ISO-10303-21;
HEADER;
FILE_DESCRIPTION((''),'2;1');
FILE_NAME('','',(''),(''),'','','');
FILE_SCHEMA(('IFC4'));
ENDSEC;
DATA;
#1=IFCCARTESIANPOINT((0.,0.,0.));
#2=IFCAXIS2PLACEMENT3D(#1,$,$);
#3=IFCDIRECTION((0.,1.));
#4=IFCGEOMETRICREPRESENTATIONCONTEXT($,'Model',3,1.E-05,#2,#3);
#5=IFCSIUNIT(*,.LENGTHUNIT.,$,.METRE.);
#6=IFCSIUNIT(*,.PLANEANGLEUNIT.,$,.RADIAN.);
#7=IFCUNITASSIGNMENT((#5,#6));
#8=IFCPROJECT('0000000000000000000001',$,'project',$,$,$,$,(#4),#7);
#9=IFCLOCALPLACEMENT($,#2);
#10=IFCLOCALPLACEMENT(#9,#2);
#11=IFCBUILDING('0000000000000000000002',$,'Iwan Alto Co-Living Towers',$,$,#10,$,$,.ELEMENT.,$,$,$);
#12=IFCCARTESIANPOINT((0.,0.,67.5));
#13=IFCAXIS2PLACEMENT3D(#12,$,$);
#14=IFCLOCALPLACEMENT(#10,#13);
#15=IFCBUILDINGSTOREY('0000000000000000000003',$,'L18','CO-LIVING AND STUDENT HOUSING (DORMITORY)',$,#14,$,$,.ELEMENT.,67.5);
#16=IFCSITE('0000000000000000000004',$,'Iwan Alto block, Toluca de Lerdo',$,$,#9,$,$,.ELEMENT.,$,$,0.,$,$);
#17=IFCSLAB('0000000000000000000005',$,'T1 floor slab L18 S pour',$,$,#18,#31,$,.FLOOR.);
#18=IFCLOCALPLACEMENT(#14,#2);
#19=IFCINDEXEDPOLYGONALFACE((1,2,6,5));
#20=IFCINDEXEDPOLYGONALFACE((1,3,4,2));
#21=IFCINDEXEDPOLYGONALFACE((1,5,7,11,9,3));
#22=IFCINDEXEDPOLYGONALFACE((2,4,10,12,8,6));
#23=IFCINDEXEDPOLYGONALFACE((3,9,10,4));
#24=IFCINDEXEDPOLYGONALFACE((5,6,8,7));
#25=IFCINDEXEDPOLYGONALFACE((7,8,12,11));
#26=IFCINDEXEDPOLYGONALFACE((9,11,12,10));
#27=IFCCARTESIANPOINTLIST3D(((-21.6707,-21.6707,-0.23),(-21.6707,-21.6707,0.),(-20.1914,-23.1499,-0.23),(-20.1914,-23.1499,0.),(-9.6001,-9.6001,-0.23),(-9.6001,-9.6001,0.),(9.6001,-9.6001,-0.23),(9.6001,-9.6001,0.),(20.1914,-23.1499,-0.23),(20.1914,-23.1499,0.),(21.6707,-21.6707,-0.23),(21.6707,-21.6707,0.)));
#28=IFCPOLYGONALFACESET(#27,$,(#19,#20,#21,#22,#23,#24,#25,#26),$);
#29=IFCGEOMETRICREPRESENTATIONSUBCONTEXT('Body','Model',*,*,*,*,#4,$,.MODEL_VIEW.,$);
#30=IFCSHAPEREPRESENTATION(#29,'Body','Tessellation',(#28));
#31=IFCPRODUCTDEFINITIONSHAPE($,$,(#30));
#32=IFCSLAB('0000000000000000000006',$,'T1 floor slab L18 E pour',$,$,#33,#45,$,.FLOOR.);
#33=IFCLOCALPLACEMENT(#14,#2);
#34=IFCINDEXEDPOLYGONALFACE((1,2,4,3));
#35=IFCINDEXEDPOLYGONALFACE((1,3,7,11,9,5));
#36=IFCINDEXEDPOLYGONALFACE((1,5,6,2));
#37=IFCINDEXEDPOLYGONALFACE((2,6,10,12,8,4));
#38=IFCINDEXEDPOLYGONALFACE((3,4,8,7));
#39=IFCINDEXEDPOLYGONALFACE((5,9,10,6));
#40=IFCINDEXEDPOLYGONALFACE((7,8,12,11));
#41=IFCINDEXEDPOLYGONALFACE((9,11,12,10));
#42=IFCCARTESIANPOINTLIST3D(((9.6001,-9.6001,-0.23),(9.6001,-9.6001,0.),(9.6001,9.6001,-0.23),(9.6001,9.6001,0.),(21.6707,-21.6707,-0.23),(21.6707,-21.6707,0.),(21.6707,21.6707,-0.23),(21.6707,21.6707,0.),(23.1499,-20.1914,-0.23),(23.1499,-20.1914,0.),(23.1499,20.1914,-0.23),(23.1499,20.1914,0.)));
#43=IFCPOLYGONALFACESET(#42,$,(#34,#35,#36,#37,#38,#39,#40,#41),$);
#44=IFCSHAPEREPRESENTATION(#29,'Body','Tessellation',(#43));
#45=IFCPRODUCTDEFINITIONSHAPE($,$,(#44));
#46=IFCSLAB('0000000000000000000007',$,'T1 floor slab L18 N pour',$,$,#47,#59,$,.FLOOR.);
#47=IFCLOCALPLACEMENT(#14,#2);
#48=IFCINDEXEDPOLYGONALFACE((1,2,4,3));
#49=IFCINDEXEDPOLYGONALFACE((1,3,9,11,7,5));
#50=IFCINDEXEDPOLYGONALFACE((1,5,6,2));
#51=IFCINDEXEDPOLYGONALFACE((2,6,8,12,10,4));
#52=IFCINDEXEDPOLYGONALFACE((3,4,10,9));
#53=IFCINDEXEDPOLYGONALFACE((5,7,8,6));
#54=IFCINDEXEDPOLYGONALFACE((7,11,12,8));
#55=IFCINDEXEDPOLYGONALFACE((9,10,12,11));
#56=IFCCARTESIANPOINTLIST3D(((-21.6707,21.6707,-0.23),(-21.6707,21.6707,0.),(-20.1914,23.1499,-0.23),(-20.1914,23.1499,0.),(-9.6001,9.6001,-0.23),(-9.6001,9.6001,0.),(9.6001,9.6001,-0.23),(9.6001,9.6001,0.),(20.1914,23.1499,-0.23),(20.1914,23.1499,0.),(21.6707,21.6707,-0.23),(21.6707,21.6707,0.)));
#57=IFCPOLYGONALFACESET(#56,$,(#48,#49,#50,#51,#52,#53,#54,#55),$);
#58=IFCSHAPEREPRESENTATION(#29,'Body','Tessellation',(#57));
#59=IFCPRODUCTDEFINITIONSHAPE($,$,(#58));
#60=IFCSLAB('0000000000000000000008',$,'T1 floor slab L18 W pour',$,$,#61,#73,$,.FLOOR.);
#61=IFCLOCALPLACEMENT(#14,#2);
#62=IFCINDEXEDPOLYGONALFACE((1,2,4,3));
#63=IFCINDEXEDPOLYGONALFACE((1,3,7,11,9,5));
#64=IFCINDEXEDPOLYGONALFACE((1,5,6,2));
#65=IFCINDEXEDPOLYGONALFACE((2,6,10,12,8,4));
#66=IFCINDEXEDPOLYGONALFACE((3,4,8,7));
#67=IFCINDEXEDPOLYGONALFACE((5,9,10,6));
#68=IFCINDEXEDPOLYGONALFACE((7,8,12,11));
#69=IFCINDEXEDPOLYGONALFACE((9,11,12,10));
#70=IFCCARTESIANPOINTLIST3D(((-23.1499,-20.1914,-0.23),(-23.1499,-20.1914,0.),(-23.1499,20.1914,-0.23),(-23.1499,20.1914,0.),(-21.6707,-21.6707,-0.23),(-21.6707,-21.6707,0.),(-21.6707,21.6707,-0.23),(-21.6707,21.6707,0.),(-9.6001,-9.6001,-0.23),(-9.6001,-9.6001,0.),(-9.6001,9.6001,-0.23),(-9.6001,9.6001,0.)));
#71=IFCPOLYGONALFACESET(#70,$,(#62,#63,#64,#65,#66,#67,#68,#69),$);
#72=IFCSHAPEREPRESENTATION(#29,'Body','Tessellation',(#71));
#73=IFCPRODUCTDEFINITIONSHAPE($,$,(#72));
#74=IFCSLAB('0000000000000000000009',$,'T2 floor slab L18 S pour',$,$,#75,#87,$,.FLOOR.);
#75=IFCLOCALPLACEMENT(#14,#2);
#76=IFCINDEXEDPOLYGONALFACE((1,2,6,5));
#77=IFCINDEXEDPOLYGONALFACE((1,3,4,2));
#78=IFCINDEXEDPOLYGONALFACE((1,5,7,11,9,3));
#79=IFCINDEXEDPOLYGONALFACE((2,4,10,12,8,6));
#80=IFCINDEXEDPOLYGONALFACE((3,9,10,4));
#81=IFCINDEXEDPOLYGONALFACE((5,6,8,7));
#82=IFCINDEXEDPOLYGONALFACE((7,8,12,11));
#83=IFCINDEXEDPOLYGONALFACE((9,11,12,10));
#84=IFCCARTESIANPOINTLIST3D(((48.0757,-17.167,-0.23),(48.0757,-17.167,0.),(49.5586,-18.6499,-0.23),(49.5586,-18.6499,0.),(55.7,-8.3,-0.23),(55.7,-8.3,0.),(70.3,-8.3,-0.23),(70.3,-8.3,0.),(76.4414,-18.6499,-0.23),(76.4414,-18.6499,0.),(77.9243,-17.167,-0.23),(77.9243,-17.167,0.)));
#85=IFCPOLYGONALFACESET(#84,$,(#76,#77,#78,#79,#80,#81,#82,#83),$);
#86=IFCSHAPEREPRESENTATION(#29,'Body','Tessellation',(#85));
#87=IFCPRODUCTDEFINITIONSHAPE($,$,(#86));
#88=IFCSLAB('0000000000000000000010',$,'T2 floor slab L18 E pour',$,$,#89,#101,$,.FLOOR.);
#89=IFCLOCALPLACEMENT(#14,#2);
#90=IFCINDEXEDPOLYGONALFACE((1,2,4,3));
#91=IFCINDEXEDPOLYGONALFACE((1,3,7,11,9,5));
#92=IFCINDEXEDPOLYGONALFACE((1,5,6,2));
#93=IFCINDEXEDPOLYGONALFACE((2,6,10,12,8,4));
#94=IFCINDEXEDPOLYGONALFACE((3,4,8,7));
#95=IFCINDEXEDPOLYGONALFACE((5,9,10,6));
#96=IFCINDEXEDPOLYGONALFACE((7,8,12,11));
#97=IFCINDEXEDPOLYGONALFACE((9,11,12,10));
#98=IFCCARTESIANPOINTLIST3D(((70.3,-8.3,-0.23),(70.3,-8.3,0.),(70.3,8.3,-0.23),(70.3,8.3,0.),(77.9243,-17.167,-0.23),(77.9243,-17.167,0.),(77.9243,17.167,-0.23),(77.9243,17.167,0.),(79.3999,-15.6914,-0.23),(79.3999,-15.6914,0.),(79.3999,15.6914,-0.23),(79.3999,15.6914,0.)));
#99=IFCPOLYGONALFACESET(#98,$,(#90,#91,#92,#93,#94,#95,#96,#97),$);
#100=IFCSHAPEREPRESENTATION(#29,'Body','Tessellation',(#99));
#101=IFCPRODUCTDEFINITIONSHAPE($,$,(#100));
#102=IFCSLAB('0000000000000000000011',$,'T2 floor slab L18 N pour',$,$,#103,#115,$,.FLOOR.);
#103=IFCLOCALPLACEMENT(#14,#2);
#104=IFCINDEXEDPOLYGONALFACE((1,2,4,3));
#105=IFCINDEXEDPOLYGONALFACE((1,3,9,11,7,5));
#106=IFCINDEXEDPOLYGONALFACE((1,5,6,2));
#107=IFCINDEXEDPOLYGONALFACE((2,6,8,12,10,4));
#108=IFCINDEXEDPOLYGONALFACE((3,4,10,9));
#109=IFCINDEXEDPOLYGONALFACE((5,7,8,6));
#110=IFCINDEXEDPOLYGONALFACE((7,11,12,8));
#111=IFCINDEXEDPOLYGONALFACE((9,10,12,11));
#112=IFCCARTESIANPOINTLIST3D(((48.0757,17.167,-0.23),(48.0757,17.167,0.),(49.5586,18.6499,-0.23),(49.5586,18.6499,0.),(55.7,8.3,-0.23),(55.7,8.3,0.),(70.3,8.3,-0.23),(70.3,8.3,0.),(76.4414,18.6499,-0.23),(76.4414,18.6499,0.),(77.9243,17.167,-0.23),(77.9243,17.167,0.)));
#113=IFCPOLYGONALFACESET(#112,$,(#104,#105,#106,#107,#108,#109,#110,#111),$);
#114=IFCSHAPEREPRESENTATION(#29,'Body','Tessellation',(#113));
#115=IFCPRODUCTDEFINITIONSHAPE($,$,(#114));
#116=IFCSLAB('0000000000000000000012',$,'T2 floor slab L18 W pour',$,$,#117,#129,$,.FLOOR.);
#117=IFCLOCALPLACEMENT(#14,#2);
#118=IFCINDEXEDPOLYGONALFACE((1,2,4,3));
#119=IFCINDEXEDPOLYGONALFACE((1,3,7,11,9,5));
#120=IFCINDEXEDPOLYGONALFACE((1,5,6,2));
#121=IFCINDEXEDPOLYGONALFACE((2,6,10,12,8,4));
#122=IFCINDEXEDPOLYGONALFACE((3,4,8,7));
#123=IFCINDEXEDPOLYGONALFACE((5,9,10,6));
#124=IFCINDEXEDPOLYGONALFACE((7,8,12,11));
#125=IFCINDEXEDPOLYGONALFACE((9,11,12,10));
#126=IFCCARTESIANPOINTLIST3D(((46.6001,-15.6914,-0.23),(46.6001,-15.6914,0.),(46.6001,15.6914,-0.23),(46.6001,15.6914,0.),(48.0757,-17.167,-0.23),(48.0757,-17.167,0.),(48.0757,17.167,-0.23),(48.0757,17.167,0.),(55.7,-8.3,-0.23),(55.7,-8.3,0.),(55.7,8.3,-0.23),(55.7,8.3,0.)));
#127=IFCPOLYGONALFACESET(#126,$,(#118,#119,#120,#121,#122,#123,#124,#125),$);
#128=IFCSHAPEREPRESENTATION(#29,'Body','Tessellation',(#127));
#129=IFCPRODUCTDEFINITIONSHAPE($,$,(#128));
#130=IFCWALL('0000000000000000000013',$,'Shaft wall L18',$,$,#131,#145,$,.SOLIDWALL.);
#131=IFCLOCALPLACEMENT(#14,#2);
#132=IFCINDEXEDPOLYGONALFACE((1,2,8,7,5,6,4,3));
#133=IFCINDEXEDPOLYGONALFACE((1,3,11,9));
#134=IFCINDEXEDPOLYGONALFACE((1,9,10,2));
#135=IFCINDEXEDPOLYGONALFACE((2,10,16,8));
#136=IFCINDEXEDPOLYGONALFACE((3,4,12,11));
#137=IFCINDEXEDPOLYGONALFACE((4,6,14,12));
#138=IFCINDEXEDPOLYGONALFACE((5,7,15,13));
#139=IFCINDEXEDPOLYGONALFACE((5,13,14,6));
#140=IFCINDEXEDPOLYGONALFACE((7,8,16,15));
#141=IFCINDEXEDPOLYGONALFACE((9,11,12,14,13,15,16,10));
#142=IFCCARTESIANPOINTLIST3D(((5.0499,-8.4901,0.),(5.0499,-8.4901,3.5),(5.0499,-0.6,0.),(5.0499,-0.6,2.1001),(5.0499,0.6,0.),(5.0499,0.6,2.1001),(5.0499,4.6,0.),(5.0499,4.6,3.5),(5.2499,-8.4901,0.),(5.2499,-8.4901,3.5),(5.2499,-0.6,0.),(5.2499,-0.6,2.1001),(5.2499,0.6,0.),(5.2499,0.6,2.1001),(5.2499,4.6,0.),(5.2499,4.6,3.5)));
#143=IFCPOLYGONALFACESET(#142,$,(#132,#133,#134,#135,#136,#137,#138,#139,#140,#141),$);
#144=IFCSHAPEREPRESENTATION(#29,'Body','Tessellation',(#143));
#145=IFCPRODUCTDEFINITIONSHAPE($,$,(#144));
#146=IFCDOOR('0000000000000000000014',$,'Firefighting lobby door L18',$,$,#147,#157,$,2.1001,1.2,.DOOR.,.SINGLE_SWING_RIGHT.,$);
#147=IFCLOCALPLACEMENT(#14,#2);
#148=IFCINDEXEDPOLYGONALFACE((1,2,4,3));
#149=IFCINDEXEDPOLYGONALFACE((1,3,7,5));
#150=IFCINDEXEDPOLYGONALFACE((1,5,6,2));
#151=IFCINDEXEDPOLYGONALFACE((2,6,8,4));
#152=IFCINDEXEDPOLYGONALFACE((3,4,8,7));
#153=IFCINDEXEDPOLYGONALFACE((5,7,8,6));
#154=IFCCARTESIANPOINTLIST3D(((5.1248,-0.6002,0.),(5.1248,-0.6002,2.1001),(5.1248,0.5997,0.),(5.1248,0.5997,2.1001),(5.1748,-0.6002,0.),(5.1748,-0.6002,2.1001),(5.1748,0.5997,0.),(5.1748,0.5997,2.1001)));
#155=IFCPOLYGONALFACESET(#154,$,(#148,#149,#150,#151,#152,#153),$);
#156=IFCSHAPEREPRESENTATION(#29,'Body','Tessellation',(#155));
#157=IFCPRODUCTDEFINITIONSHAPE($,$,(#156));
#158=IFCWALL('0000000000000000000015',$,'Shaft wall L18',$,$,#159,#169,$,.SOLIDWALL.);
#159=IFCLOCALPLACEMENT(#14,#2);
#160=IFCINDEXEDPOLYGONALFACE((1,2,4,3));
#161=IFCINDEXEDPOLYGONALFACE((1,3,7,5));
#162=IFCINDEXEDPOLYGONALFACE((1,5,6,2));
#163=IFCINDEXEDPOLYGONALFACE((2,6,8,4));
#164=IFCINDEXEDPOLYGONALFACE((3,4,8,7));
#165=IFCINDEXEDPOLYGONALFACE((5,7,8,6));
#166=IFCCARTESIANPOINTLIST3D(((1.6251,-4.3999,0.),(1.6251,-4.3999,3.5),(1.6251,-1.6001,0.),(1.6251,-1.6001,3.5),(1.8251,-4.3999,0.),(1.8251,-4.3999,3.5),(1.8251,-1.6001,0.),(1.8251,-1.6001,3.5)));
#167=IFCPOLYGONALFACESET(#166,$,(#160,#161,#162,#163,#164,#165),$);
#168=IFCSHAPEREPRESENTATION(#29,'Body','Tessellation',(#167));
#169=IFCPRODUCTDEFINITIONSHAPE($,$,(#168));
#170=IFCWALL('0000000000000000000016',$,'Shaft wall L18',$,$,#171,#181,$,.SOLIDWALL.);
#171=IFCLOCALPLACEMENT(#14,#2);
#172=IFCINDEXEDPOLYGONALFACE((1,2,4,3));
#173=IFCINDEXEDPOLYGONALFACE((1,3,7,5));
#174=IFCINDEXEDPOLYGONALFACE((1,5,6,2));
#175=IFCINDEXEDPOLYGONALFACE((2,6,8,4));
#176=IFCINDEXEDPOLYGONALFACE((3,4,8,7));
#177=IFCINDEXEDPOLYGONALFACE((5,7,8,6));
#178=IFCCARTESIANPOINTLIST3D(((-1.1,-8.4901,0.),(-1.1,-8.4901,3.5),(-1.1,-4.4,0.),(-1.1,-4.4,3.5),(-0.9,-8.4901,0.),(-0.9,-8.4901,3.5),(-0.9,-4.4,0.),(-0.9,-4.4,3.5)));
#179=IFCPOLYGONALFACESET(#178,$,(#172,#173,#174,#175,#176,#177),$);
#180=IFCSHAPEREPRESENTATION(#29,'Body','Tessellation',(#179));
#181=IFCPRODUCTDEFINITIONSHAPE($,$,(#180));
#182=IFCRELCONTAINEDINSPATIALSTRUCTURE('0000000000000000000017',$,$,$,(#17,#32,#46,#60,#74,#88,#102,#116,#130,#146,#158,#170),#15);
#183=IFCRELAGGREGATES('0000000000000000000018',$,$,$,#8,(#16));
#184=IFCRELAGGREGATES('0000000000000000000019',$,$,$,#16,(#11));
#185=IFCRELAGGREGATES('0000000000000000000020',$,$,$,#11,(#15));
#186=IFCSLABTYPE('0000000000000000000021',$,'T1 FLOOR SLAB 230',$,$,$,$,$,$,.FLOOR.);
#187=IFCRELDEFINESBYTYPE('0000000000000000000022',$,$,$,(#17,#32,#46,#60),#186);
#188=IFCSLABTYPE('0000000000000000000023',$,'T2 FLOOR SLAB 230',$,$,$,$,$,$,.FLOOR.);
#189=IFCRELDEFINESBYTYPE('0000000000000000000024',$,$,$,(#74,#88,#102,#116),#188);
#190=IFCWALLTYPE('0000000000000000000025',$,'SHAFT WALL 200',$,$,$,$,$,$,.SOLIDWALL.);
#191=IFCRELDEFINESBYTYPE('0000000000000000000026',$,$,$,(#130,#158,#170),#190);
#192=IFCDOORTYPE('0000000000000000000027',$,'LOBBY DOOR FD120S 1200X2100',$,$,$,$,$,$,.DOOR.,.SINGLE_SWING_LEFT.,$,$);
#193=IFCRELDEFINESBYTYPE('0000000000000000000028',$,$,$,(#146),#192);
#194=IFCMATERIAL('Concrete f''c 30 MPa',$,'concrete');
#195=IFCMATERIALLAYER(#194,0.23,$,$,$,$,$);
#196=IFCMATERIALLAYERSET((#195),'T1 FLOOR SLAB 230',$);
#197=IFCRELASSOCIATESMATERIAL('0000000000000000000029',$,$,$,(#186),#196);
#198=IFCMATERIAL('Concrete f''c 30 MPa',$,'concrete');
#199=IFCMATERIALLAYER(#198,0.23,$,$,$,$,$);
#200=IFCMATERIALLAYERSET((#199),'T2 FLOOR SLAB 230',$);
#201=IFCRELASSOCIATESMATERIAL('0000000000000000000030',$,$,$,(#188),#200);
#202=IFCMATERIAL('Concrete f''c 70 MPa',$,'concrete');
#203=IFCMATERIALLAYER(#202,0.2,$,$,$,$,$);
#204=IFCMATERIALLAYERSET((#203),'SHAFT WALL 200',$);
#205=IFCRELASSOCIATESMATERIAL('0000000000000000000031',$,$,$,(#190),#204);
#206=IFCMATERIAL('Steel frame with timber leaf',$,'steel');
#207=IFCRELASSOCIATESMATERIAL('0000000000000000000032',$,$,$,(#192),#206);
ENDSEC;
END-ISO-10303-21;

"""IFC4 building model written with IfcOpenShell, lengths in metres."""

from ifc_helpers import new_model, si_unit, direction, frame, frame_2d, origin, place, context, subcontext, project, spatial, polyline, rectangle, outline, extrude, material, layer, layer_set, type_object, element, fill, save


model = new_model("IFC4")

# Units and contexts
model_context = context("Model", 3, precision=1e-05, world=origin(), true_north=direction((0.0, 1.0)))
body_context = subcontext(model_context, "Body", "Model", "MODEL_VIEW")
ifc_project = project(units=[si_unit("LENGTHUNIT", "METRE"), si_unit("PLANEANGLEUNIT", "RADIAN")], contexts=[model_context])

# Site, building, storey
site_placement = place(None, origin())
site = spatial("IfcSite", under=ifc_project, at=site_placement, Name="Iwan Alto block, Toluca de Lerdo", CompositionType="ELEMENT", RefElevation=0.0)
building_placement = place(site_placement, origin())
building = spatial("IfcBuilding", under=site, at=building_placement, Name="Iwan Alto Co-Living Towers", CompositionType="ELEMENT")
storey_placement = place(building_placement, frame((0.0, 0.0, 67.5)))
storey = spatial("IfcBuildingStorey", under=building, at=storey_placement, Name="L18", Description="CO-LIVING AND STUDENT HOUSING (DORMITORY)", CompositionType="ELEMENT", Elevation=67.5)

# Slabs
ifc_material_1 = material(Name="Concrete f'c 30 MPa", Category="concrete")
ifc_layer_1 = layer(ifc_material_1, 0.23)
ifc_layer_set_1 = layer_set([ifc_layer_1], Name="T1 FLOOR SLAB 230")
slab_type_1 = type_object("IfcSlabType", Name="T1 FLOOR SLAB 230", PredefinedType="FLOOR", material=ifc_layer_set_1)
slab_1_placement = place(storey_placement, frame((0.0, 0.0, -0.23)))
element("IfcSlab", 1, at=slab_1_placement, inside=storey, type_object=slab_type_1, Name="T1 floor slab L18 S pour", PredefinedType="FLOOR", context=body_context, shape_type="SweptSolid", body=[
    extrude(outline(polyline([(20.1914, -23.1499), (-20.1914, -23.1499), (-21.6707, -21.6707), (-9.6001, -9.6001), (9.6001, -9.6001), (21.6707, -21.6707), (20.1914, -23.1499)])), origin(), (0.0, 0.0, 1.0), 0.23),
])
slab_2_placement = place(storey_placement, frame((0.0, 0.0, -0.23)))
element("IfcSlab", 2, at=slab_2_placement, inside=storey, type_object=slab_type_1, Name="T1 floor slab L18 E pour", PredefinedType="FLOOR", context=body_context, shape_type="SweptSolid", body=[
    extrude(outline(polyline([(23.1499, 20.1914), (23.1499, -20.1914), (21.6707, -21.6707), (9.6001, -9.6001), (9.6001, 9.6001), (21.6707, 21.6707), (23.1499, 20.1914)])), origin(), (0.0, 0.0, 1.0), 0.23),
])
slab_3_placement = place(storey_placement, frame((0.0, 0.0, -0.23)))
element("IfcSlab", 3, at=slab_3_placement, inside=storey, type_object=slab_type_1, Name="T1 floor slab L18 N pour", PredefinedType="FLOOR", context=body_context, shape_type="SweptSolid", body=[
    extrude(outline(polyline([(-20.1914, 23.1499), (20.1914, 23.1499), (21.6707, 21.6707), (9.6001, 9.6001), (-9.6001, 9.6001), (-21.6707, 21.6707), (-20.1914, 23.1499)])), origin(), (0.0, 0.0, 1.0), 0.23),
])
slab_4_placement = place(storey_placement, frame((0.0, 0.0, -0.23)))
element("IfcSlab", 4, at=slab_4_placement, inside=storey, type_object=slab_type_1, Name="T1 floor slab L18 W pour", PredefinedType="FLOOR", context=body_context, shape_type="SweptSolid", body=[
    extrude(outline(polyline([(-23.1499, 20.1914), (-21.6707, 21.6707), (-9.6001, 9.6001), (-9.6001, -9.6001), (-21.6707, -21.6707), (-23.1499, -20.1914), (-23.1499, 20.1914)])), origin(), (0.0, 0.0, 1.0), 0.23),
])
ifc_material_2 = material(Name="Concrete f'c 30 MPa", Category="concrete")
ifc_layer_2 = layer(ifc_material_2, 0.23)
ifc_layer_set_2 = layer_set([ifc_layer_2], Name="T2 FLOOR SLAB 230")
slab_type_2 = type_object("IfcSlabType", Name="T2 FLOOR SLAB 230", PredefinedType="FLOOR", material=ifc_layer_set_2)
slab_5_placement = place(storey_placement, frame((0.0, 0.0, -0.23)))
element("IfcSlab", 5, at=slab_5_placement, inside=storey, type_object=slab_type_2, Name="T2 floor slab L18 S pour", PredefinedType="FLOOR", context=body_context, shape_type="SweptSolid", body=[
    extrude(outline(polyline([(76.4414, -18.6499), (49.5586, -18.6499), (48.0757, -17.167), (55.7, -8.3), (70.3, -8.3), (77.9243, -17.167), (76.4414, -18.6499)])), origin(), (0.0, 0.0, 1.0), 0.23),
])
slab_6_placement = place(storey_placement, frame((0.0, 0.0, -0.23)))
element("IfcSlab", 6, at=slab_6_placement, inside=storey, type_object=slab_type_2, Name="T2 floor slab L18 E pour", PredefinedType="FLOOR", context=body_context, shape_type="SweptSolid", body=[
    extrude(outline(polyline([(79.3999, 15.6914), (79.3999, -15.6914), (77.9243, -17.167), (70.3, -8.3), (70.3, 8.3), (77.9243, 17.167), (79.3999, 15.6914)])), origin(), (0.0, 0.0, 1.0), 0.23),
])
slab_7_placement = place(storey_placement, frame((0.0, 0.0, -0.23)))
element("IfcSlab", 7, at=slab_7_placement, inside=storey, type_object=slab_type_2, Name="T2 floor slab L18 N pour", PredefinedType="FLOOR", context=body_context, shape_type="SweptSolid", body=[
    extrude(outline(polyline([(49.5586, 18.6499), (76.4414, 18.6499), (77.9243, 17.167), (70.3, 8.3), (55.7, 8.3), (48.0757, 17.167), (49.5586, 18.6499)])), origin(), (0.0, 0.0, 1.0), 0.23),
])
slab_8_placement = place(storey_placement, frame((0.0, 0.0, -0.23)))
element("IfcSlab", 8, at=slab_8_placement, inside=storey, type_object=slab_type_2, Name="T2 floor slab L18 W pour", PredefinedType="FLOOR", context=body_context, shape_type="SweptSolid", body=[
    extrude(outline(polyline([(46.6001, 15.6914), (48.0757, 17.167), (55.7, 8.3), (55.7, -8.3), (48.0757, -17.167), (46.6001, -15.6914), (46.6001, 15.6914)])), origin(), (0.0, 0.0, 1.0), 0.23),
])

# Wall, opening, door
ifc_material_3 = material(Name="Concrete f'c 70 MPa", Category="concrete")
ifc_layer_3 = layer(ifc_material_3, 0.2)
ifc_layer_set_3 = layer_set([ifc_layer_3], Name="SHAFT WALL 200")
wall_type_1 = type_object("IfcWallType", Name="SHAFT WALL 200", PredefinedType="SOLIDWALL", material=ifc_layer_set_3)
wall_1_placement = place(storey_placement, frame((5.1499, -8.49, 0.0), z_axis=(0.0, 0.0, 1.0), x_axis=(0.0, 1.0, 0.0)))
wall_1 = element("IfcWall", 9, at=wall_1_placement, inside=storey, type_object=wall_type_1, Name="Shaft wall L18", PredefinedType="SOLIDWALL", context=body_context, shape_type="SweptSolid", body=[
    extrude(rectangle(XDim=13.0901, YDim=0.2, at=frame_2d((6.5449, 0.0))), origin(), (0.0, 0.0, 1.0), 3.5),
])
opening_1_placement = place(wall_1_placement, frame((7.8899, 0.0, 0.0)))
opening_1 = element("IfcOpeningElement", 10, at=opening_1_placement, cuts=wall_1, PredefinedType="OPENING", context=body_context, shape_type="SweptSolid", body=[
    extrude(rectangle(XDim=1.2, YDim=2.1001, at=frame_2d((0.6001, 1.05))), frame((0.0, 0.1099, 0.0), z_axis=(0.0, -1.0, 0.0), x_axis=(1.0, 0.0, 0.0)), (0.0, 0.0, 1.0), 0.22),
])
ifc_material_4 = material(Name="Steel frame with timber leaf", Category="steel")
door_type_1 = type_object("IfcDoorType", Name="LOBBY DOOR FD120S 1200X2100", OperationType="SINGLE_SWING_LEFT", PredefinedType="DOOR", material=ifc_material_4)
door_1_placement = place(opening_1_placement, frame((1.2, 0.0, 0.0), z_axis=(0.0, 0.0, 1.0), x_axis=(-1.0, 0.0, 0.0)))
door_1 = element("IfcDoor", 11, at=door_1_placement, inside=storey, type_object=door_type_1, Name="Firefighting lobby door L18", OperationType="SINGLE_SWING_RIGHT", OverallHeight=2.1001, OverallWidth=1.2, PredefinedType="DOOR", context=body_context, shape_type="SweptSolid", body=[
    extrude(rectangle(XDim=1.2, YDim=2.1001, at=frame_2d((0.6001, 1.05))), frame((0.0, 0.0249, 0.0), z_axis=(0.0, -1.0, 0.0), x_axis=(1.0, 0.0, 0.0)), (0.0, 0.0, 1.0), 0.05),
])
fill(opening_1, door_1)

# Walls
wall_2_placement = place(storey_placement, frame((1.7251, -4.3999, 0.0), z_axis=(0.0, 0.0, 1.0), x_axis=(0.0, 1.0, 0.0)))
element("IfcWall", 12, at=wall_2_placement, inside=storey, type_object=wall_type_1, Name="Shaft wall L18", PredefinedType="SOLIDWALL", context=body_context, shape_type="SweptSolid", body=[
    extrude(rectangle(XDim=2.7998, YDim=0.2, at=frame_2d((1.3999, 0.0))), origin(), (0.0, 0.0, 1.0), 3.5),
])
wall_3_placement = place(storey_placement, frame((-1.0, -8.49, 0.0), z_axis=(0.0, 0.0, 1.0), x_axis=(0.0, 1.0, 0.0)))
element("IfcWall", 13, at=wall_3_placement, inside=storey, type_object=wall_type_1, Name="Shaft wall L18", PredefinedType="SOLIDWALL", context=body_context, shape_type="SweptSolid", body=[
    extrude(rectangle(XDim=4.0901, YDim=0.2, at=frame_2d((2.0449, 0.0))), origin(), (0.0, 0.0, 1.0), 3.5),
])

save(model, "model.ifc")
